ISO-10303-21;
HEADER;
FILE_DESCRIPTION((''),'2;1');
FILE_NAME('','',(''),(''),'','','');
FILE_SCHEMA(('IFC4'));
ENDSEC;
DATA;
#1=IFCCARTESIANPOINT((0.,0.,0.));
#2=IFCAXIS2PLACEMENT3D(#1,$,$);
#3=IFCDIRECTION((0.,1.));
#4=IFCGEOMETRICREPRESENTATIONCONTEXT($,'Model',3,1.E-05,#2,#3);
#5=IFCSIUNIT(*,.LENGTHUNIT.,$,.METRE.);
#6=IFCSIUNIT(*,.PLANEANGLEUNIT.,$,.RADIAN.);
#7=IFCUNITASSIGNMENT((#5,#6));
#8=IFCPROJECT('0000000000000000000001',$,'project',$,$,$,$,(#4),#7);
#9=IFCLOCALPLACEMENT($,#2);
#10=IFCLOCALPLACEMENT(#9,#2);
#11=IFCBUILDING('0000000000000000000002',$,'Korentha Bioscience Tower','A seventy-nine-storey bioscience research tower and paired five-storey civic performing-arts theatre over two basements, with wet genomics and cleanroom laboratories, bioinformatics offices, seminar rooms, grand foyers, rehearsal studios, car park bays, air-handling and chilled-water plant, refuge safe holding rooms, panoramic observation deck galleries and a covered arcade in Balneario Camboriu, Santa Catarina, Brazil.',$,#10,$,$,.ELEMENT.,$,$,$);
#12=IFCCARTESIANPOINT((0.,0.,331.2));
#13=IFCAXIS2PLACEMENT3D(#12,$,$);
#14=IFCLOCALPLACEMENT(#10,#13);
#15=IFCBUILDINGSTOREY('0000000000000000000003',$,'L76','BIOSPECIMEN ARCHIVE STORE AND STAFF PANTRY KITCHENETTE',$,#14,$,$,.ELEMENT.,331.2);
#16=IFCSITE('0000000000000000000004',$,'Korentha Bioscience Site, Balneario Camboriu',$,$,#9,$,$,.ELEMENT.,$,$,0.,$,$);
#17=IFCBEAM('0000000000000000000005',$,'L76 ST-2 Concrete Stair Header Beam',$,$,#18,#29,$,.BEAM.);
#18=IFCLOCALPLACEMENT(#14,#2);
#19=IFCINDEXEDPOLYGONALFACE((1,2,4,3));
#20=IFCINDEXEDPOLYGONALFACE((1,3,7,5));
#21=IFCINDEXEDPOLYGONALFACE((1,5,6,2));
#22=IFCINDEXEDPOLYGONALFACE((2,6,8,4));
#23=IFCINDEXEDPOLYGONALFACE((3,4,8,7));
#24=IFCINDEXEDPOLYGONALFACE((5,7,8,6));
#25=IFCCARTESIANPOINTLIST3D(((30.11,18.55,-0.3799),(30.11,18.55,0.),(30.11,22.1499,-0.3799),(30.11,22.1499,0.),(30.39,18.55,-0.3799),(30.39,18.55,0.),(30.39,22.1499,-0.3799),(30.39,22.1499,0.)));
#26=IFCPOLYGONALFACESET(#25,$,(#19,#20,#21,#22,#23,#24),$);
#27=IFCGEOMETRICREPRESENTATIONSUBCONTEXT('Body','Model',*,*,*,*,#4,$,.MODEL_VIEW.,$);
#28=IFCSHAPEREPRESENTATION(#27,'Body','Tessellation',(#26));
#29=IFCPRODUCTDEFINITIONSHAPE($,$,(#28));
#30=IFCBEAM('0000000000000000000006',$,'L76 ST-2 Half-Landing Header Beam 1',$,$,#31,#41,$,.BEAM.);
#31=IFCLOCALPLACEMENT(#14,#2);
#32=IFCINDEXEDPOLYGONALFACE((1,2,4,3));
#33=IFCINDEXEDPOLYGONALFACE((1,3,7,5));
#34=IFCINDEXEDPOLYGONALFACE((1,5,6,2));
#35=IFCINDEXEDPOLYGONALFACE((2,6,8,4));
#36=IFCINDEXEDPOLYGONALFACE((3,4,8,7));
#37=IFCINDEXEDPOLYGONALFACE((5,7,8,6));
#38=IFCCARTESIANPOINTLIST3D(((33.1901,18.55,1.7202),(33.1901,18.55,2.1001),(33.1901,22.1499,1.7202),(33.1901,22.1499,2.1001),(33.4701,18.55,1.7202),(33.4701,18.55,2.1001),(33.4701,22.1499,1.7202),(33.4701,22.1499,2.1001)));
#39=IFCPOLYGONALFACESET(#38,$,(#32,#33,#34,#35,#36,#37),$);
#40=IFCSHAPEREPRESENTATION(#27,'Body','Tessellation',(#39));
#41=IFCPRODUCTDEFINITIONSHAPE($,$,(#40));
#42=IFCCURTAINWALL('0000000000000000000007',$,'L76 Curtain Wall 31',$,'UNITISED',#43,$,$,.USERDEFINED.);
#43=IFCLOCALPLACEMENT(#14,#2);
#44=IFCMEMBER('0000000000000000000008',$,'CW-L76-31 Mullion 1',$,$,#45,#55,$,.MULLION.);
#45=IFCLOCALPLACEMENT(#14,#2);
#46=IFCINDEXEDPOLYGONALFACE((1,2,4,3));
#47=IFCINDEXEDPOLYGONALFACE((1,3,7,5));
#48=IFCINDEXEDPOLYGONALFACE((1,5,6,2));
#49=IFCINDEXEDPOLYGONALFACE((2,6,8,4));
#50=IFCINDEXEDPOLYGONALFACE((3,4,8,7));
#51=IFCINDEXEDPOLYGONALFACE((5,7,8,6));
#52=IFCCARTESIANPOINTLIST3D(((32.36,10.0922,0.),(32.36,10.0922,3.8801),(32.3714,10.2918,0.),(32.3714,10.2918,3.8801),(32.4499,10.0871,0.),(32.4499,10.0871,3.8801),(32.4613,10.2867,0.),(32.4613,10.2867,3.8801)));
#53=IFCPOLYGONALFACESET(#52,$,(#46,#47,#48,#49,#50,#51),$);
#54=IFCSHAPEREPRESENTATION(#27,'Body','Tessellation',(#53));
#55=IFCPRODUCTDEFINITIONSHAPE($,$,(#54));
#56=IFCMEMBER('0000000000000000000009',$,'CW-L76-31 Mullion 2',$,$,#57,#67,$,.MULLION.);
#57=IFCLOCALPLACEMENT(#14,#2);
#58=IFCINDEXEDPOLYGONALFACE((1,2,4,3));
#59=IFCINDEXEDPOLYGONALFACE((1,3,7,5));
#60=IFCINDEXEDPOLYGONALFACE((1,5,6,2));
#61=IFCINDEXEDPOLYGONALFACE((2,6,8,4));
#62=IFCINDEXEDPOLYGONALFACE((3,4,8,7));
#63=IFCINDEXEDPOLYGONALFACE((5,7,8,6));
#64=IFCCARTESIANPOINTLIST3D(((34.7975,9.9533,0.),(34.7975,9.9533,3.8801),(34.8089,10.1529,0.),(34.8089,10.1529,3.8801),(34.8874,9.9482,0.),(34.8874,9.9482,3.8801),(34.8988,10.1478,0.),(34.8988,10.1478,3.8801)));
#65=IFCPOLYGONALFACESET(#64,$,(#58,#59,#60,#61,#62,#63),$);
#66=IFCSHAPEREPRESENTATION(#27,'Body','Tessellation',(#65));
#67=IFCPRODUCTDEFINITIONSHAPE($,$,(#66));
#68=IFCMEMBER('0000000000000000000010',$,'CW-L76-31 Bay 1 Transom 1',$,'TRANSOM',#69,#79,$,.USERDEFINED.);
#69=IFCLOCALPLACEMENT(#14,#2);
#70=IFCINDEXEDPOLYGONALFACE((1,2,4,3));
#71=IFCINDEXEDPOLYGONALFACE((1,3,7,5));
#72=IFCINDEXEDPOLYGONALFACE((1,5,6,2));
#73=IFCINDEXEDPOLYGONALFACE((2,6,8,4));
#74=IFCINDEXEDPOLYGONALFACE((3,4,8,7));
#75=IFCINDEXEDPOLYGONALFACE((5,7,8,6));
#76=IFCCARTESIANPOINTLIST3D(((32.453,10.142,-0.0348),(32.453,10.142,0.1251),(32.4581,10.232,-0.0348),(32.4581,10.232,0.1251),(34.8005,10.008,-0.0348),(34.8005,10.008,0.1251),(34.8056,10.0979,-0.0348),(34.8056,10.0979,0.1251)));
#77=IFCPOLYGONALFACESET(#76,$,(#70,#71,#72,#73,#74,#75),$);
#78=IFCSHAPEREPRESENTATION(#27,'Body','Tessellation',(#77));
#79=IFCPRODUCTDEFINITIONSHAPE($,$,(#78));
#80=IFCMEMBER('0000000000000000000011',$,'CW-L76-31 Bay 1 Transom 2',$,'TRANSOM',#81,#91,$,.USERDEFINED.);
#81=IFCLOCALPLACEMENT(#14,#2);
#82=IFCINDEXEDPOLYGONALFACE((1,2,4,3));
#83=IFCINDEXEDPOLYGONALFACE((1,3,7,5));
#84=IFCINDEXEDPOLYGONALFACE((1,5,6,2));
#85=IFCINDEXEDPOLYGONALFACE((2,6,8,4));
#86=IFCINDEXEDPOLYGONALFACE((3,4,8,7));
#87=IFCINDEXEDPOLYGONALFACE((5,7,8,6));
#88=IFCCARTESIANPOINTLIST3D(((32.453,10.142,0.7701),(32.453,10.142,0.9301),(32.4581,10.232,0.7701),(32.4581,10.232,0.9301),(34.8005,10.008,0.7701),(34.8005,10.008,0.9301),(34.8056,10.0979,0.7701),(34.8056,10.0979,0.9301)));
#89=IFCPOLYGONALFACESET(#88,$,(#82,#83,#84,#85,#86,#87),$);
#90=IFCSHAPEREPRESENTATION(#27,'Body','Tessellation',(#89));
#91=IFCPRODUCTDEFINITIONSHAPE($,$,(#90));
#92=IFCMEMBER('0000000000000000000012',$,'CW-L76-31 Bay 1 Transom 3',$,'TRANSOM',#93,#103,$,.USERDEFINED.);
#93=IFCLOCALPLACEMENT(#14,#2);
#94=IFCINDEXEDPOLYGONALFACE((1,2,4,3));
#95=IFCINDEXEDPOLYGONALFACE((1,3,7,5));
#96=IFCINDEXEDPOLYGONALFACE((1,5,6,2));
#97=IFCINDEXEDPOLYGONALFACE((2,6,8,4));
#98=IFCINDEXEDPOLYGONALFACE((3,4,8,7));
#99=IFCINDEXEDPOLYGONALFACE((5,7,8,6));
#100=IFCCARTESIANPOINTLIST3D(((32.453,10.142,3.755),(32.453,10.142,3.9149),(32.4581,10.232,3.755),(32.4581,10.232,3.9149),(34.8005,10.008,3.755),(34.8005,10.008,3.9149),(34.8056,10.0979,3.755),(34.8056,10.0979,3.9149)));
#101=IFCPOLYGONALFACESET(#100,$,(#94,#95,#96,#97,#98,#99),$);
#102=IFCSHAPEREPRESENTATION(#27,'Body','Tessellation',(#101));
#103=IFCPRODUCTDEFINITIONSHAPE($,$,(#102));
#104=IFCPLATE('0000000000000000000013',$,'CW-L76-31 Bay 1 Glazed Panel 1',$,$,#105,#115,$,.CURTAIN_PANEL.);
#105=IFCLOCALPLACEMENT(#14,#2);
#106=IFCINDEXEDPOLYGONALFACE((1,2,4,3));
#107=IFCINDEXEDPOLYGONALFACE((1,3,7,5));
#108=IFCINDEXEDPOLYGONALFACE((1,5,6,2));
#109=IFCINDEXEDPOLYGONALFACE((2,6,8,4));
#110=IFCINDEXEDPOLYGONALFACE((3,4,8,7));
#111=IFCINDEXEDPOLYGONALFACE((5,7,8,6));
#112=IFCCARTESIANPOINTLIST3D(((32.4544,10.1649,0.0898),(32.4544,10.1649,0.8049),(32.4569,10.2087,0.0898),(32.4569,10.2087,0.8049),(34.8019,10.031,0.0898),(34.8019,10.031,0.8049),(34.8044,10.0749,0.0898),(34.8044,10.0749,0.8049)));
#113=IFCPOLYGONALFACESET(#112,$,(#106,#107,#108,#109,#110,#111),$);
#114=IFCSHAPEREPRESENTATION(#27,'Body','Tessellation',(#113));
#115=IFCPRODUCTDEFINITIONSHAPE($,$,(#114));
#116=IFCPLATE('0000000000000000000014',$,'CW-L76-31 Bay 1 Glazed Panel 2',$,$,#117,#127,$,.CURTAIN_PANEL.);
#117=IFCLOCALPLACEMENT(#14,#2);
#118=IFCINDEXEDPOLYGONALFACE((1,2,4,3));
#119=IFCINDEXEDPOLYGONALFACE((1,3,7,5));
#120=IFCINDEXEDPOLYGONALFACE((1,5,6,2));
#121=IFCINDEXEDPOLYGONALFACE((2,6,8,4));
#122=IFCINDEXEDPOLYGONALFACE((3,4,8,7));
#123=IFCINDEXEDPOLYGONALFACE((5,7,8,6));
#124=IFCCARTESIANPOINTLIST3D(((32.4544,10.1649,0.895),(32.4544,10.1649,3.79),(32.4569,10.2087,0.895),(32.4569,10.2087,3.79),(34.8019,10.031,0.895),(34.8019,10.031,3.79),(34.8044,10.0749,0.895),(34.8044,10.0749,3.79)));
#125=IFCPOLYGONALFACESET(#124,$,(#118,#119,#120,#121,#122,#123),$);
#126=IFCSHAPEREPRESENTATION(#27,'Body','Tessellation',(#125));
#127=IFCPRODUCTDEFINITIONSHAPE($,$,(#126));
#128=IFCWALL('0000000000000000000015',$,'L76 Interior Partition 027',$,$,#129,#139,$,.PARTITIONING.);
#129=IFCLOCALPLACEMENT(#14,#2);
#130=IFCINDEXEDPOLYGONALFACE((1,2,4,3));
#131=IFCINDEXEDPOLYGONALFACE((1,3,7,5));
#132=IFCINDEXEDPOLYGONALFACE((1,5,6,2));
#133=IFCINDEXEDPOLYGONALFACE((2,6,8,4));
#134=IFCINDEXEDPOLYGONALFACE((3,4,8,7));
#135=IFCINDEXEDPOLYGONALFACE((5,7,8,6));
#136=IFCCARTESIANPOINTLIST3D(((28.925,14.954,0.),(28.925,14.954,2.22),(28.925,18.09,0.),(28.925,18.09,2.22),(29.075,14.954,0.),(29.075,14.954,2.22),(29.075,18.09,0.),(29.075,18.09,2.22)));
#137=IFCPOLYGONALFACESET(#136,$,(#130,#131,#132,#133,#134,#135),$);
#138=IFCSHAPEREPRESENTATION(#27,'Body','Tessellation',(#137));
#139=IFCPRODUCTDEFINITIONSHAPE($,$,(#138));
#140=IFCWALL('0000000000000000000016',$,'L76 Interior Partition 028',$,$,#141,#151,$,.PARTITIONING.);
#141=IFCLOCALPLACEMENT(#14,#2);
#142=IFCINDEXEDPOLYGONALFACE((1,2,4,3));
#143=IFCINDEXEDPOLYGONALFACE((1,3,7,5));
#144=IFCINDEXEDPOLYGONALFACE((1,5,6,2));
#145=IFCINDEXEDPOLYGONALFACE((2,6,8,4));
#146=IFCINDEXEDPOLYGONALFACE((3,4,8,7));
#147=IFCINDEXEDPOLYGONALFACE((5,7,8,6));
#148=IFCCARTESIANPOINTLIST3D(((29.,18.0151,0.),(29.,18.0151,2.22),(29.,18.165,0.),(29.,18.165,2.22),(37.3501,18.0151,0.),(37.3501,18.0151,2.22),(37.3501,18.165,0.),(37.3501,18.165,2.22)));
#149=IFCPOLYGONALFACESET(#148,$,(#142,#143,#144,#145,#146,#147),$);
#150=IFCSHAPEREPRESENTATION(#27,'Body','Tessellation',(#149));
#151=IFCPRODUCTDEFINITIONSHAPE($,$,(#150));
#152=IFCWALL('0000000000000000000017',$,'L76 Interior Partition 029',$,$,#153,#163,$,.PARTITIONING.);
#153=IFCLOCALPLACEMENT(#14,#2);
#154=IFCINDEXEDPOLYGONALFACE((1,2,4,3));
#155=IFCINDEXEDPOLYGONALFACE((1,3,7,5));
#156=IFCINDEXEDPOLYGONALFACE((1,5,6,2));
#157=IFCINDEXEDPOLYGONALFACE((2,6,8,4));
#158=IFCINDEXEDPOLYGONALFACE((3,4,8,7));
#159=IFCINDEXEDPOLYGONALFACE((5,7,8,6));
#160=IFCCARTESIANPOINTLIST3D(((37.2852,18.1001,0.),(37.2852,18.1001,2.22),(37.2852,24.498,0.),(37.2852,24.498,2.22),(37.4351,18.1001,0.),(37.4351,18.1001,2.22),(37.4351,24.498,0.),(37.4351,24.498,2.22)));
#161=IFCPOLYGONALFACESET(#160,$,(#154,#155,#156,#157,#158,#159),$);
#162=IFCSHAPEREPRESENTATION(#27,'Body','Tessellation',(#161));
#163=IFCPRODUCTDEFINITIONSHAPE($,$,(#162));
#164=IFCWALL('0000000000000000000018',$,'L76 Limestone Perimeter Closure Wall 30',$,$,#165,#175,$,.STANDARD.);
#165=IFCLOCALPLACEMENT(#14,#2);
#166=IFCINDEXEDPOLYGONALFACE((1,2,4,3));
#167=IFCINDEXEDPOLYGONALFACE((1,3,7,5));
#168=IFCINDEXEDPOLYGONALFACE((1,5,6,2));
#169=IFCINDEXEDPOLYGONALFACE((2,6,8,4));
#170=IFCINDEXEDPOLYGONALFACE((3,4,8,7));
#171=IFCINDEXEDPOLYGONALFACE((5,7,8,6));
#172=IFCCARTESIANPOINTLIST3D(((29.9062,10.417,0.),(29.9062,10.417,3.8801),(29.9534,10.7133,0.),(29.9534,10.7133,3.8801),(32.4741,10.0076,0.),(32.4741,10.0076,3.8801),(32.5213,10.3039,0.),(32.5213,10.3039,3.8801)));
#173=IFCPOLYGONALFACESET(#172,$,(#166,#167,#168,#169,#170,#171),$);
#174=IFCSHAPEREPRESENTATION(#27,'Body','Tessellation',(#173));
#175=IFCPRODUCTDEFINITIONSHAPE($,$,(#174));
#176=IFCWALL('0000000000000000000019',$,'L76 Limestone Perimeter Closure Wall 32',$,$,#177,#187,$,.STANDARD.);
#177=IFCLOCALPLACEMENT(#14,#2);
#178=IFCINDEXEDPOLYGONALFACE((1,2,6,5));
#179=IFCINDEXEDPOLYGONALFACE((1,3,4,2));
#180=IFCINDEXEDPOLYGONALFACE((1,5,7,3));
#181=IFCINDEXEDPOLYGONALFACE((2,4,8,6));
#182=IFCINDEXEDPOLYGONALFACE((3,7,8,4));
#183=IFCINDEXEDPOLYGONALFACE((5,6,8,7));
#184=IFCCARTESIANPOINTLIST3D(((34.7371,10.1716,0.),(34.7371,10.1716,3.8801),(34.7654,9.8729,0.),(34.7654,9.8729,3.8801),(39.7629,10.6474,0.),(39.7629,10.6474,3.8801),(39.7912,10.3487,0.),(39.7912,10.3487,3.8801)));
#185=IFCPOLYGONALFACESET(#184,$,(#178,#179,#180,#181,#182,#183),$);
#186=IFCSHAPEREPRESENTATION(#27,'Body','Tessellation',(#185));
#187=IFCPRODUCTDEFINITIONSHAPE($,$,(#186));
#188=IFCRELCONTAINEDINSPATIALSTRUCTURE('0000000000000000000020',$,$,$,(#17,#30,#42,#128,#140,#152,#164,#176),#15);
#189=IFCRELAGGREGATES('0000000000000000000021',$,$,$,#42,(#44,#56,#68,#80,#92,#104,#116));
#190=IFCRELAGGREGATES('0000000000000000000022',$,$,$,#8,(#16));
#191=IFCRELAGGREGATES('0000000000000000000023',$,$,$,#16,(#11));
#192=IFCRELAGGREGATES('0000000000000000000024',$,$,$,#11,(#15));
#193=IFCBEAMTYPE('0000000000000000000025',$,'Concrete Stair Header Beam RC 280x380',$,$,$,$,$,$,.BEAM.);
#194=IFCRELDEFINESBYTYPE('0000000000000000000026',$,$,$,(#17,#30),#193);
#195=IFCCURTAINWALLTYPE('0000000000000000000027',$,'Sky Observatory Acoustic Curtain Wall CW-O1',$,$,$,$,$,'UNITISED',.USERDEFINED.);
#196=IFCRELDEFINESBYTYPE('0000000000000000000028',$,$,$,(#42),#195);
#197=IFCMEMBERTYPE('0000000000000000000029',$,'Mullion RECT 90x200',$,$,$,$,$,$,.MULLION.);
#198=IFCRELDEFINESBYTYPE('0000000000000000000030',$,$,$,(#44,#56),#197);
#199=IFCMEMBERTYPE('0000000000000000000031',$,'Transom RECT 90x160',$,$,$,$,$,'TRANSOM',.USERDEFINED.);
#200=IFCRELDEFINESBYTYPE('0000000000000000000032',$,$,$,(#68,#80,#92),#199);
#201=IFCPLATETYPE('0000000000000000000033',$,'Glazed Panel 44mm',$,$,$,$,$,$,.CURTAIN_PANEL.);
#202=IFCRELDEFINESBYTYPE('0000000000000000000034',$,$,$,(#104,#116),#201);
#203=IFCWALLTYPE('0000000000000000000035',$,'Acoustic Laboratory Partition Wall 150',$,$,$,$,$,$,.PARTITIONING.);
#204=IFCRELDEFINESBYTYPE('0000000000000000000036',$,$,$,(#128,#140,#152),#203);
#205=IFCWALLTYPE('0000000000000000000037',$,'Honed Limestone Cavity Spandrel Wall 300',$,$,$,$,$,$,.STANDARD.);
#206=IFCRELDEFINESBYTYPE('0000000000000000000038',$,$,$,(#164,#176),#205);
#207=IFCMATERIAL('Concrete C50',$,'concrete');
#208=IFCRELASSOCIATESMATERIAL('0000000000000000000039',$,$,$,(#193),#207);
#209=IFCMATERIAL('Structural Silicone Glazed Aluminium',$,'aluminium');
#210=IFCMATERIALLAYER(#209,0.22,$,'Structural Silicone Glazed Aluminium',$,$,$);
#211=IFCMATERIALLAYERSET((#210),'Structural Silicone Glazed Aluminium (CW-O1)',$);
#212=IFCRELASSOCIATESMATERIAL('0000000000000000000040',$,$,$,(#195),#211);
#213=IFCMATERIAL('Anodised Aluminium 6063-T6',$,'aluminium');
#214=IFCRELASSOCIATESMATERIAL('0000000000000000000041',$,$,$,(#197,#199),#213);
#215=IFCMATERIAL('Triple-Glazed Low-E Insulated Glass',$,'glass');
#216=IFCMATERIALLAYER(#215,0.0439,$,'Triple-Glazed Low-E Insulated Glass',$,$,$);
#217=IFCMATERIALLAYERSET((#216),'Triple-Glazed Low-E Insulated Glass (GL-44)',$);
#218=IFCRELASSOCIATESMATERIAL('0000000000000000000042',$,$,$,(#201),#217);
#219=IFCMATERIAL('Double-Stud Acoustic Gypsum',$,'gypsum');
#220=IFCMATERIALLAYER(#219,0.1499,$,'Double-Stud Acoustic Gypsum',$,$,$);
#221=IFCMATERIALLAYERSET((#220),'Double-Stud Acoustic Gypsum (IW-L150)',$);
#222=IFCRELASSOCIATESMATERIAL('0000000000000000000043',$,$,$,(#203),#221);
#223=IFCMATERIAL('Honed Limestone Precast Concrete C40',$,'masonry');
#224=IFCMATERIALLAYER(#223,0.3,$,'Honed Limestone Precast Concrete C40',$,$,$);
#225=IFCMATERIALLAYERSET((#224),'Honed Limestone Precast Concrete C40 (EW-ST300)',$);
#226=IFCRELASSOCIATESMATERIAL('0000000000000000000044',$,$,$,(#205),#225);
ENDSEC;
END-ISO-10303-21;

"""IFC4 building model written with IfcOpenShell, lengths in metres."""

from ifc_helpers import new_model, si_unit, direction, frame, frame_2d, origin, origin_2d, place, context, subcontext, project, spatial, rectangle, extrude, material, layer, layer_set, material_profile, profile_set, type_object, element, aggregate, save


model = new_model("IFC4")

# Units and contexts
model_context = context("Model", 3, precision=1e-05, world=origin(), true_north=direction((0.0, 1.0)))
body_context = subcontext(model_context, "Body", "Model", "MODEL_VIEW")
ifc_project = project(units=[si_unit("LENGTHUNIT", "METRE"), si_unit("PLANEANGLEUNIT", "RADIAN")], contexts=[model_context])

# Site, building, storey
site_placement = place(None, origin())
site = spatial("IfcSite", under=ifc_project, at=site_placement, Name="Korentha Bioscience Site, Balneario Camboriu", CompositionType="ELEMENT", RefElevation=0.0)
building_placement = place(site_placement, origin())
building = spatial("IfcBuilding", under=site, at=building_placement, Name="Korentha Bioscience Tower", Description="A seventy-nine-storey bioscience research tower and paired five-storey civic performing-arts theatre over two basements, with wet genomics and cleanroom laboratories, bioinformatics offices, seminar rooms, grand foyers, rehearsal studios, car park bays, air-handling and chilled-water plant, refuge safe holding rooms, panoramic observation deck galleries and a covered arcade in Balneario Camboriu, Santa Catarina, Brazil.", CompositionType="ELEMENT")
storey_placement = place(building_placement, frame((0.0, 0.0, 331.2)))
storey = spatial("IfcBuildingStorey", under=building, at=storey_placement, Name="L76", Description="BIOSPECIMEN ARCHIVE STORE AND STAFF PANTRY KITCHENETTE", CompositionType="ELEMENT", Elevation=331.2)

# Beams
ifc_material_1 = material(Name="Concrete C50", Category="concrete")
ifc_material_profile_1 = material_profile(ifc_material_1, rectangle(XDim=0.28, YDim=0.3799, at=origin_2d()), Name="Concrete C50")
ifc_profile_set_1 = profile_set([ifc_material_profile_1], Name="Concrete C50 (ST-HB380)")
beam_type = type_object("IfcBeamType", Name="Concrete Stair Header Beam RC 280x380", PredefinedType="BEAM", material=ifc_profile_set_1)
for number, where, z_axis, x_axis, name in (
    (1, (30.25, 18.55, -0.1899), (0.0, 1.0, 0.0), (-1.0, 0.0, 0.0), "L76 ST-2 Concrete Stair Header Beam"),
    (2, (33.3301, 18.55, 1.9102), (0.0, 1.0, 0.0), (-1.0, 0.0, 0.0), "L76 ST-2 Half-Landing Header Beam 1"),
):
    element("IfcBeam", number, at=place(storey_placement, frame(where, z_axis=z_axis, x_axis=x_axis)), inside=storey, type_object=beam_type, Name=name, PredefinedType="BEAM", context=body_context, shape_type="SweptSolid", body=[
        extrude(rectangle(XDim=0.28, YDim=0.3799, at=origin_2d()), origin(), (0.0, 0.0, 1.0), 3.5999),
    ])

# Curtain wall, members, plates
ifc_material_2 = material(Name="Structural Silicone Glazed Aluminium", Category="aluminium")
ifc_layer_1 = layer(ifc_material_2, 0.22, Name="Structural Silicone Glazed Aluminium")
ifc_layer_set_1 = layer_set([ifc_layer_1], Name="Structural Silicone Glazed Aluminium (CW-O1)")
curtain_wall_type = type_object("IfcCurtainWallType", Name="Sky Observatory Acoustic Curtain Wall CW-O1", ElementType="UNITISED", PredefinedType="USERDEFINED", material=ifc_layer_set_1)
curtain_wall_placement = place(storey_placement, origin())
curtain_wall = element("IfcCurtainWall", 3, at=curtain_wall_placement, inside=storey, type_object=curtain_wall_type, Name="L76 Curtain Wall 31", ObjectType="UNITISED", PredefinedType="USERDEFINED")
ifc_material_3 = material(Name="Anodised Aluminium 6063-T6", Category="aluminium")
ifc_material_profile_2 = material_profile(ifc_material_3, rectangle(XDim=0.0901, YDim=0.2, at=origin_2d()), Name="Anodised Aluminium 6063-T6")
ifc_profile_set_2 = profile_set([ifc_material_profile_2], Name="Anodised Aluminium 6063-T6 (CW-MUL)")
member_type_1 = type_object("IfcMemberType", Name="Mullion RECT 90x200", PredefinedType="MULLION", material=ifc_profile_set_2)
member_1_placement = place(storey_placement, frame((32.4106, 10.1895, 0.0), z_axis=(0.0, 0.0, 1.0), x_axis=(0.998378, -0.056925, 0.0)))
member_1 = element("IfcMember", 4, at=member_1_placement, type_object=member_type_1, Name="CW-L76-31 Mullion 1", PredefinedType="MULLION", context=body_context, shape_type="SweptSolid", body=[
    extrude(rectangle(XDim=0.0901, YDim=0.2, at=origin_2d()), origin(), (0.0, 0.0, 1.0), 3.8801),
])
member_2_placement = place(storey_placement, frame((34.8481, 10.0505, 0.0), z_axis=(0.0, 0.0, 1.0), x_axis=(0.998378, -0.056925, 0.0)))
member_2 = element("IfcMember", 5, at=member_2_placement, type_object=member_type_1, Name="CW-L76-31 Mullion 2", PredefinedType="MULLION", context=body_context, shape_type="SweptSolid", body=[
    extrude(rectangle(XDim=0.0901, YDim=0.2, at=origin_2d()), origin(), (0.0, 0.0, 1.0), 3.8801),
])
ifc_material_profile_3 = material_profile(ifc_material_3, rectangle(XDim=0.0901, YDim=0.1599, at=origin_2d()), Name="Anodised Aluminium 6063-T6")
ifc_profile_set_3 = profile_set([ifc_material_profile_3], Name="Anodised Aluminium 6063-T6 (CW-TRN)")
member_type_2 = type_object("IfcMemberType", Name="Transom RECT 90x160", ElementType="TRANSOM", PredefinedType="USERDEFINED", material=ifc_profile_set_3)
member_3_placement = place(storey_placement, frame((32.4556, 10.187, 0.0452), z_axis=(0.998374, -0.057005, 0.0), x_axis=(0.057005, 0.998374, 0.0)))
member_3 = element("IfcMember", 6, at=member_3_placement, type_object=member_type_2, Name="CW-L76-31 Bay 1 Transom 1", ObjectType="TRANSOM", PredefinedType="USERDEFINED", context=body_context, shape_type="SweptSolid", body=[
    extrude(rectangle(XDim=0.0901, YDim=0.1599, at=origin_2d()), origin(), (0.0, 0.0, 1.0), 2.3513),
])
member_4_placement = place(storey_placement, frame((32.4556, 10.187, 0.8501), z_axis=(0.998374, -0.057005, 0.0), x_axis=(0.057005, 0.998374, 0.0)))
member_4 = element("IfcMember", 7, at=member_4_placement, type_object=member_type_2, Name="CW-L76-31 Bay 1 Transom 2", ObjectType="TRANSOM", PredefinedType="USERDEFINED", context=body_context, shape_type="SweptSolid", body=[
    extrude(rectangle(XDim=0.0901, YDim=0.1599, at=origin_2d()), origin(), (0.0, 0.0, 1.0), 2.3513),
])
member_5_placement = place(storey_placement, frame((32.4556, 10.187, 3.835), z_axis=(0.998374, -0.057005, 0.0), x_axis=(0.057005, 0.998374, 0.0)))
member_5 = element("IfcMember", 8, at=member_5_placement, type_object=member_type_2, Name="CW-L76-31 Bay 1 Transom 3", ObjectType="TRANSOM", PredefinedType="USERDEFINED", context=body_context, shape_type="SweptSolid", body=[
    extrude(rectangle(XDim=0.0901, YDim=0.1599, at=origin_2d()), origin(), (0.0, 0.0, 1.0), 2.3513),
])
ifc_material_4 = material(Name="Triple-Glazed Low-E Insulated Glass", Category="glass")
ifc_layer_2 = layer(ifc_material_4, 0.0439, Name="Triple-Glazed Low-E Insulated Glass")
ifc_layer_set_2 = layer_set([ifc_layer_2], Name="Triple-Glazed Low-E Insulated Glass (GL-44)")
plate_type = type_object("IfcPlateType", Name="Glazed Panel 44mm", PredefinedType="CURTAIN_PANEL", material=ifc_layer_set_2)
plate_1_placement = place(storey_placement, frame((33.6294, 10.1199, 0.0898), z_axis=(0.0, 0.0, 1.0), x_axis=(0.998378, -0.056925, 0.0)))
plate_1 = element("IfcPlate", 9, at=plate_1_placement, type_object=plate_type, Name="CW-L76-31 Bay 1 Glazed Panel 1", PredefinedType="CURTAIN_PANEL", context=body_context, shape_type="SweptSolid", body=[
    extrude(rectangle(XDim=2.3513, YDim=0.0439, at=origin_2d()), origin(), (0.0, 0.0, 1.0), 0.7151),
])
plate_2_placement = place(storey_placement, frame((33.6294, 10.1199, 0.895), z_axis=(0.0, 0.0, 1.0), x_axis=(0.998378, -0.056925, 0.0)))
plate_2 = element("IfcPlate", 10, at=plate_2_placement, type_object=plate_type, Name="CW-L76-31 Bay 1 Glazed Panel 2", PredefinedType="CURTAIN_PANEL", context=body_context, shape_type="SweptSolid", body=[
    extrude(rectangle(XDim=2.3513, YDim=0.0439, at=origin_2d()), origin(), (0.0, 0.0, 1.0), 2.895),
])
aggregate(curtain_wall, [member_1, member_2, member_3, member_4, member_5, plate_1, plate_2])

# Walls
ifc_material_5 = material(Name="Double-Stud Acoustic Gypsum", Category="gypsum")
ifc_layer_3 = layer(ifc_material_5, 0.1499, Name="Double-Stud Acoustic Gypsum")
ifc_layer_set_3 = layer_set([ifc_layer_3], Name="Double-Stud Acoustic Gypsum (IW-L150)")
wall_type_1 = type_object("IfcWallType", Name="Acoustic Laboratory Partition Wall 150", PredefinedType="PARTITIONING", material=ifc_layer_set_3)
wall_1_placement = place(storey_placement, frame((29.0, 14.9541, 0.0), z_axis=(0.0, 0.0, 1.0), x_axis=(0.0, 1.0, 0.0)))
element("IfcWall", 11, at=wall_1_placement, inside=storey, type_object=wall_type_1, Name="L76 Interior Partition 027", PredefinedType="PARTITIONING", context=body_context, shape_type="SweptSolid", body=[
    extrude(rectangle(XDim=3.136, YDim=0.1499, at=frame_2d((1.5679, 0.0))), origin(), (0.0, 0.0, 1.0), 2.22),
])
wall_2_placement = place(storey_placement, frame((29.0, 18.0901, 0.0), z_axis=(0.0, 0.0, 1.0), x_axis=(1.0, 0.0, 0.0)))
element("IfcWall", 12, at=wall_2_placement, inside=storey, type_object=wall_type_1, Name="L76 Interior Partition 028", PredefinedType="PARTITIONING", context=body_context, shape_type="SweptSolid", body=[
    extrude(rectangle(XDim=8.3501, YDim=0.1499, at=frame_2d((4.175, 0.0))), origin(), (0.0, 0.0, 1.0), 2.22),
])
wall_3_placement = place(storey_placement, frame((37.3601, 18.1001, 0.0), z_axis=(0.0, 0.0, 1.0), x_axis=(0.0, 1.0, 0.0)))
element("IfcWall", 13, at=wall_3_placement, inside=storey, type_object=wall_type_1, Name="L76 Interior Partition 029", PredefinedType="PARTITIONING", context=body_context, shape_type="SweptSolid", body=[
    extrude(rectangle(XDim=6.3979, YDim=0.1499, at=frame_2d((3.199, 0.0))), origin(), (0.0, 0.0, 1.0), 2.22),
])
ifc_material_6 = material(Name="Honed Limestone Precast Concrete C40", Category="masonry")
ifc_layer_4 = layer(ifc_material_6, 0.3, Name="Honed Limestone Precast Concrete C40")
ifc_layer_set_4 = layer_set([ifc_layer_4], Name="Honed Limestone Precast Concrete C40 (EW-ST300)")
wall_type_2 = type_object("IfcWallType", Name="Honed Limestone Cavity Spandrel Wall 300", PredefinedType="STANDARD", material=ifc_layer_set_4)
wall_4_placement = place(storey_placement, frame((29.9297, 10.5652, 0.0), z_axis=(0.0, 0.0, 1.0), x_axis=(0.987527, -0.157452, 0.0)))
element("IfcWall", 14, at=wall_4_placement, inside=storey, type_object=wall_type_2, Name="L76 Limestone Perimeter Closure Wall 30", PredefinedType="STANDARD", context=body_context, shape_type="SweptSolid", body=[
    extrude(rectangle(XDim=2.6003, YDim=0.3, at=frame_2d((1.3003, 0.0))), origin(), (0.0, 0.0, 1.0), 3.8801),
])
wall_5_placement = place(storey_placement, frame((34.7512, 10.0222, 0.0), z_axis=(0.0, 0.0, 1.0), x_axis=(0.995548, 0.094255, 0.0)))
element("IfcWall", 15, at=wall_5_placement, inside=storey, type_object=wall_type_2, Name="L76 Limestone Perimeter Closure Wall 32", PredefinedType="STANDARD", context=body_context, shape_type="SweptSolid", body=[
    extrude(rectangle(XDim=5.0483, YDim=0.3, at=frame_2d((2.5242, 0.0))), origin(), (0.0, 0.0, 1.0), 3.8801),
])

save(model, "model.ifc")
